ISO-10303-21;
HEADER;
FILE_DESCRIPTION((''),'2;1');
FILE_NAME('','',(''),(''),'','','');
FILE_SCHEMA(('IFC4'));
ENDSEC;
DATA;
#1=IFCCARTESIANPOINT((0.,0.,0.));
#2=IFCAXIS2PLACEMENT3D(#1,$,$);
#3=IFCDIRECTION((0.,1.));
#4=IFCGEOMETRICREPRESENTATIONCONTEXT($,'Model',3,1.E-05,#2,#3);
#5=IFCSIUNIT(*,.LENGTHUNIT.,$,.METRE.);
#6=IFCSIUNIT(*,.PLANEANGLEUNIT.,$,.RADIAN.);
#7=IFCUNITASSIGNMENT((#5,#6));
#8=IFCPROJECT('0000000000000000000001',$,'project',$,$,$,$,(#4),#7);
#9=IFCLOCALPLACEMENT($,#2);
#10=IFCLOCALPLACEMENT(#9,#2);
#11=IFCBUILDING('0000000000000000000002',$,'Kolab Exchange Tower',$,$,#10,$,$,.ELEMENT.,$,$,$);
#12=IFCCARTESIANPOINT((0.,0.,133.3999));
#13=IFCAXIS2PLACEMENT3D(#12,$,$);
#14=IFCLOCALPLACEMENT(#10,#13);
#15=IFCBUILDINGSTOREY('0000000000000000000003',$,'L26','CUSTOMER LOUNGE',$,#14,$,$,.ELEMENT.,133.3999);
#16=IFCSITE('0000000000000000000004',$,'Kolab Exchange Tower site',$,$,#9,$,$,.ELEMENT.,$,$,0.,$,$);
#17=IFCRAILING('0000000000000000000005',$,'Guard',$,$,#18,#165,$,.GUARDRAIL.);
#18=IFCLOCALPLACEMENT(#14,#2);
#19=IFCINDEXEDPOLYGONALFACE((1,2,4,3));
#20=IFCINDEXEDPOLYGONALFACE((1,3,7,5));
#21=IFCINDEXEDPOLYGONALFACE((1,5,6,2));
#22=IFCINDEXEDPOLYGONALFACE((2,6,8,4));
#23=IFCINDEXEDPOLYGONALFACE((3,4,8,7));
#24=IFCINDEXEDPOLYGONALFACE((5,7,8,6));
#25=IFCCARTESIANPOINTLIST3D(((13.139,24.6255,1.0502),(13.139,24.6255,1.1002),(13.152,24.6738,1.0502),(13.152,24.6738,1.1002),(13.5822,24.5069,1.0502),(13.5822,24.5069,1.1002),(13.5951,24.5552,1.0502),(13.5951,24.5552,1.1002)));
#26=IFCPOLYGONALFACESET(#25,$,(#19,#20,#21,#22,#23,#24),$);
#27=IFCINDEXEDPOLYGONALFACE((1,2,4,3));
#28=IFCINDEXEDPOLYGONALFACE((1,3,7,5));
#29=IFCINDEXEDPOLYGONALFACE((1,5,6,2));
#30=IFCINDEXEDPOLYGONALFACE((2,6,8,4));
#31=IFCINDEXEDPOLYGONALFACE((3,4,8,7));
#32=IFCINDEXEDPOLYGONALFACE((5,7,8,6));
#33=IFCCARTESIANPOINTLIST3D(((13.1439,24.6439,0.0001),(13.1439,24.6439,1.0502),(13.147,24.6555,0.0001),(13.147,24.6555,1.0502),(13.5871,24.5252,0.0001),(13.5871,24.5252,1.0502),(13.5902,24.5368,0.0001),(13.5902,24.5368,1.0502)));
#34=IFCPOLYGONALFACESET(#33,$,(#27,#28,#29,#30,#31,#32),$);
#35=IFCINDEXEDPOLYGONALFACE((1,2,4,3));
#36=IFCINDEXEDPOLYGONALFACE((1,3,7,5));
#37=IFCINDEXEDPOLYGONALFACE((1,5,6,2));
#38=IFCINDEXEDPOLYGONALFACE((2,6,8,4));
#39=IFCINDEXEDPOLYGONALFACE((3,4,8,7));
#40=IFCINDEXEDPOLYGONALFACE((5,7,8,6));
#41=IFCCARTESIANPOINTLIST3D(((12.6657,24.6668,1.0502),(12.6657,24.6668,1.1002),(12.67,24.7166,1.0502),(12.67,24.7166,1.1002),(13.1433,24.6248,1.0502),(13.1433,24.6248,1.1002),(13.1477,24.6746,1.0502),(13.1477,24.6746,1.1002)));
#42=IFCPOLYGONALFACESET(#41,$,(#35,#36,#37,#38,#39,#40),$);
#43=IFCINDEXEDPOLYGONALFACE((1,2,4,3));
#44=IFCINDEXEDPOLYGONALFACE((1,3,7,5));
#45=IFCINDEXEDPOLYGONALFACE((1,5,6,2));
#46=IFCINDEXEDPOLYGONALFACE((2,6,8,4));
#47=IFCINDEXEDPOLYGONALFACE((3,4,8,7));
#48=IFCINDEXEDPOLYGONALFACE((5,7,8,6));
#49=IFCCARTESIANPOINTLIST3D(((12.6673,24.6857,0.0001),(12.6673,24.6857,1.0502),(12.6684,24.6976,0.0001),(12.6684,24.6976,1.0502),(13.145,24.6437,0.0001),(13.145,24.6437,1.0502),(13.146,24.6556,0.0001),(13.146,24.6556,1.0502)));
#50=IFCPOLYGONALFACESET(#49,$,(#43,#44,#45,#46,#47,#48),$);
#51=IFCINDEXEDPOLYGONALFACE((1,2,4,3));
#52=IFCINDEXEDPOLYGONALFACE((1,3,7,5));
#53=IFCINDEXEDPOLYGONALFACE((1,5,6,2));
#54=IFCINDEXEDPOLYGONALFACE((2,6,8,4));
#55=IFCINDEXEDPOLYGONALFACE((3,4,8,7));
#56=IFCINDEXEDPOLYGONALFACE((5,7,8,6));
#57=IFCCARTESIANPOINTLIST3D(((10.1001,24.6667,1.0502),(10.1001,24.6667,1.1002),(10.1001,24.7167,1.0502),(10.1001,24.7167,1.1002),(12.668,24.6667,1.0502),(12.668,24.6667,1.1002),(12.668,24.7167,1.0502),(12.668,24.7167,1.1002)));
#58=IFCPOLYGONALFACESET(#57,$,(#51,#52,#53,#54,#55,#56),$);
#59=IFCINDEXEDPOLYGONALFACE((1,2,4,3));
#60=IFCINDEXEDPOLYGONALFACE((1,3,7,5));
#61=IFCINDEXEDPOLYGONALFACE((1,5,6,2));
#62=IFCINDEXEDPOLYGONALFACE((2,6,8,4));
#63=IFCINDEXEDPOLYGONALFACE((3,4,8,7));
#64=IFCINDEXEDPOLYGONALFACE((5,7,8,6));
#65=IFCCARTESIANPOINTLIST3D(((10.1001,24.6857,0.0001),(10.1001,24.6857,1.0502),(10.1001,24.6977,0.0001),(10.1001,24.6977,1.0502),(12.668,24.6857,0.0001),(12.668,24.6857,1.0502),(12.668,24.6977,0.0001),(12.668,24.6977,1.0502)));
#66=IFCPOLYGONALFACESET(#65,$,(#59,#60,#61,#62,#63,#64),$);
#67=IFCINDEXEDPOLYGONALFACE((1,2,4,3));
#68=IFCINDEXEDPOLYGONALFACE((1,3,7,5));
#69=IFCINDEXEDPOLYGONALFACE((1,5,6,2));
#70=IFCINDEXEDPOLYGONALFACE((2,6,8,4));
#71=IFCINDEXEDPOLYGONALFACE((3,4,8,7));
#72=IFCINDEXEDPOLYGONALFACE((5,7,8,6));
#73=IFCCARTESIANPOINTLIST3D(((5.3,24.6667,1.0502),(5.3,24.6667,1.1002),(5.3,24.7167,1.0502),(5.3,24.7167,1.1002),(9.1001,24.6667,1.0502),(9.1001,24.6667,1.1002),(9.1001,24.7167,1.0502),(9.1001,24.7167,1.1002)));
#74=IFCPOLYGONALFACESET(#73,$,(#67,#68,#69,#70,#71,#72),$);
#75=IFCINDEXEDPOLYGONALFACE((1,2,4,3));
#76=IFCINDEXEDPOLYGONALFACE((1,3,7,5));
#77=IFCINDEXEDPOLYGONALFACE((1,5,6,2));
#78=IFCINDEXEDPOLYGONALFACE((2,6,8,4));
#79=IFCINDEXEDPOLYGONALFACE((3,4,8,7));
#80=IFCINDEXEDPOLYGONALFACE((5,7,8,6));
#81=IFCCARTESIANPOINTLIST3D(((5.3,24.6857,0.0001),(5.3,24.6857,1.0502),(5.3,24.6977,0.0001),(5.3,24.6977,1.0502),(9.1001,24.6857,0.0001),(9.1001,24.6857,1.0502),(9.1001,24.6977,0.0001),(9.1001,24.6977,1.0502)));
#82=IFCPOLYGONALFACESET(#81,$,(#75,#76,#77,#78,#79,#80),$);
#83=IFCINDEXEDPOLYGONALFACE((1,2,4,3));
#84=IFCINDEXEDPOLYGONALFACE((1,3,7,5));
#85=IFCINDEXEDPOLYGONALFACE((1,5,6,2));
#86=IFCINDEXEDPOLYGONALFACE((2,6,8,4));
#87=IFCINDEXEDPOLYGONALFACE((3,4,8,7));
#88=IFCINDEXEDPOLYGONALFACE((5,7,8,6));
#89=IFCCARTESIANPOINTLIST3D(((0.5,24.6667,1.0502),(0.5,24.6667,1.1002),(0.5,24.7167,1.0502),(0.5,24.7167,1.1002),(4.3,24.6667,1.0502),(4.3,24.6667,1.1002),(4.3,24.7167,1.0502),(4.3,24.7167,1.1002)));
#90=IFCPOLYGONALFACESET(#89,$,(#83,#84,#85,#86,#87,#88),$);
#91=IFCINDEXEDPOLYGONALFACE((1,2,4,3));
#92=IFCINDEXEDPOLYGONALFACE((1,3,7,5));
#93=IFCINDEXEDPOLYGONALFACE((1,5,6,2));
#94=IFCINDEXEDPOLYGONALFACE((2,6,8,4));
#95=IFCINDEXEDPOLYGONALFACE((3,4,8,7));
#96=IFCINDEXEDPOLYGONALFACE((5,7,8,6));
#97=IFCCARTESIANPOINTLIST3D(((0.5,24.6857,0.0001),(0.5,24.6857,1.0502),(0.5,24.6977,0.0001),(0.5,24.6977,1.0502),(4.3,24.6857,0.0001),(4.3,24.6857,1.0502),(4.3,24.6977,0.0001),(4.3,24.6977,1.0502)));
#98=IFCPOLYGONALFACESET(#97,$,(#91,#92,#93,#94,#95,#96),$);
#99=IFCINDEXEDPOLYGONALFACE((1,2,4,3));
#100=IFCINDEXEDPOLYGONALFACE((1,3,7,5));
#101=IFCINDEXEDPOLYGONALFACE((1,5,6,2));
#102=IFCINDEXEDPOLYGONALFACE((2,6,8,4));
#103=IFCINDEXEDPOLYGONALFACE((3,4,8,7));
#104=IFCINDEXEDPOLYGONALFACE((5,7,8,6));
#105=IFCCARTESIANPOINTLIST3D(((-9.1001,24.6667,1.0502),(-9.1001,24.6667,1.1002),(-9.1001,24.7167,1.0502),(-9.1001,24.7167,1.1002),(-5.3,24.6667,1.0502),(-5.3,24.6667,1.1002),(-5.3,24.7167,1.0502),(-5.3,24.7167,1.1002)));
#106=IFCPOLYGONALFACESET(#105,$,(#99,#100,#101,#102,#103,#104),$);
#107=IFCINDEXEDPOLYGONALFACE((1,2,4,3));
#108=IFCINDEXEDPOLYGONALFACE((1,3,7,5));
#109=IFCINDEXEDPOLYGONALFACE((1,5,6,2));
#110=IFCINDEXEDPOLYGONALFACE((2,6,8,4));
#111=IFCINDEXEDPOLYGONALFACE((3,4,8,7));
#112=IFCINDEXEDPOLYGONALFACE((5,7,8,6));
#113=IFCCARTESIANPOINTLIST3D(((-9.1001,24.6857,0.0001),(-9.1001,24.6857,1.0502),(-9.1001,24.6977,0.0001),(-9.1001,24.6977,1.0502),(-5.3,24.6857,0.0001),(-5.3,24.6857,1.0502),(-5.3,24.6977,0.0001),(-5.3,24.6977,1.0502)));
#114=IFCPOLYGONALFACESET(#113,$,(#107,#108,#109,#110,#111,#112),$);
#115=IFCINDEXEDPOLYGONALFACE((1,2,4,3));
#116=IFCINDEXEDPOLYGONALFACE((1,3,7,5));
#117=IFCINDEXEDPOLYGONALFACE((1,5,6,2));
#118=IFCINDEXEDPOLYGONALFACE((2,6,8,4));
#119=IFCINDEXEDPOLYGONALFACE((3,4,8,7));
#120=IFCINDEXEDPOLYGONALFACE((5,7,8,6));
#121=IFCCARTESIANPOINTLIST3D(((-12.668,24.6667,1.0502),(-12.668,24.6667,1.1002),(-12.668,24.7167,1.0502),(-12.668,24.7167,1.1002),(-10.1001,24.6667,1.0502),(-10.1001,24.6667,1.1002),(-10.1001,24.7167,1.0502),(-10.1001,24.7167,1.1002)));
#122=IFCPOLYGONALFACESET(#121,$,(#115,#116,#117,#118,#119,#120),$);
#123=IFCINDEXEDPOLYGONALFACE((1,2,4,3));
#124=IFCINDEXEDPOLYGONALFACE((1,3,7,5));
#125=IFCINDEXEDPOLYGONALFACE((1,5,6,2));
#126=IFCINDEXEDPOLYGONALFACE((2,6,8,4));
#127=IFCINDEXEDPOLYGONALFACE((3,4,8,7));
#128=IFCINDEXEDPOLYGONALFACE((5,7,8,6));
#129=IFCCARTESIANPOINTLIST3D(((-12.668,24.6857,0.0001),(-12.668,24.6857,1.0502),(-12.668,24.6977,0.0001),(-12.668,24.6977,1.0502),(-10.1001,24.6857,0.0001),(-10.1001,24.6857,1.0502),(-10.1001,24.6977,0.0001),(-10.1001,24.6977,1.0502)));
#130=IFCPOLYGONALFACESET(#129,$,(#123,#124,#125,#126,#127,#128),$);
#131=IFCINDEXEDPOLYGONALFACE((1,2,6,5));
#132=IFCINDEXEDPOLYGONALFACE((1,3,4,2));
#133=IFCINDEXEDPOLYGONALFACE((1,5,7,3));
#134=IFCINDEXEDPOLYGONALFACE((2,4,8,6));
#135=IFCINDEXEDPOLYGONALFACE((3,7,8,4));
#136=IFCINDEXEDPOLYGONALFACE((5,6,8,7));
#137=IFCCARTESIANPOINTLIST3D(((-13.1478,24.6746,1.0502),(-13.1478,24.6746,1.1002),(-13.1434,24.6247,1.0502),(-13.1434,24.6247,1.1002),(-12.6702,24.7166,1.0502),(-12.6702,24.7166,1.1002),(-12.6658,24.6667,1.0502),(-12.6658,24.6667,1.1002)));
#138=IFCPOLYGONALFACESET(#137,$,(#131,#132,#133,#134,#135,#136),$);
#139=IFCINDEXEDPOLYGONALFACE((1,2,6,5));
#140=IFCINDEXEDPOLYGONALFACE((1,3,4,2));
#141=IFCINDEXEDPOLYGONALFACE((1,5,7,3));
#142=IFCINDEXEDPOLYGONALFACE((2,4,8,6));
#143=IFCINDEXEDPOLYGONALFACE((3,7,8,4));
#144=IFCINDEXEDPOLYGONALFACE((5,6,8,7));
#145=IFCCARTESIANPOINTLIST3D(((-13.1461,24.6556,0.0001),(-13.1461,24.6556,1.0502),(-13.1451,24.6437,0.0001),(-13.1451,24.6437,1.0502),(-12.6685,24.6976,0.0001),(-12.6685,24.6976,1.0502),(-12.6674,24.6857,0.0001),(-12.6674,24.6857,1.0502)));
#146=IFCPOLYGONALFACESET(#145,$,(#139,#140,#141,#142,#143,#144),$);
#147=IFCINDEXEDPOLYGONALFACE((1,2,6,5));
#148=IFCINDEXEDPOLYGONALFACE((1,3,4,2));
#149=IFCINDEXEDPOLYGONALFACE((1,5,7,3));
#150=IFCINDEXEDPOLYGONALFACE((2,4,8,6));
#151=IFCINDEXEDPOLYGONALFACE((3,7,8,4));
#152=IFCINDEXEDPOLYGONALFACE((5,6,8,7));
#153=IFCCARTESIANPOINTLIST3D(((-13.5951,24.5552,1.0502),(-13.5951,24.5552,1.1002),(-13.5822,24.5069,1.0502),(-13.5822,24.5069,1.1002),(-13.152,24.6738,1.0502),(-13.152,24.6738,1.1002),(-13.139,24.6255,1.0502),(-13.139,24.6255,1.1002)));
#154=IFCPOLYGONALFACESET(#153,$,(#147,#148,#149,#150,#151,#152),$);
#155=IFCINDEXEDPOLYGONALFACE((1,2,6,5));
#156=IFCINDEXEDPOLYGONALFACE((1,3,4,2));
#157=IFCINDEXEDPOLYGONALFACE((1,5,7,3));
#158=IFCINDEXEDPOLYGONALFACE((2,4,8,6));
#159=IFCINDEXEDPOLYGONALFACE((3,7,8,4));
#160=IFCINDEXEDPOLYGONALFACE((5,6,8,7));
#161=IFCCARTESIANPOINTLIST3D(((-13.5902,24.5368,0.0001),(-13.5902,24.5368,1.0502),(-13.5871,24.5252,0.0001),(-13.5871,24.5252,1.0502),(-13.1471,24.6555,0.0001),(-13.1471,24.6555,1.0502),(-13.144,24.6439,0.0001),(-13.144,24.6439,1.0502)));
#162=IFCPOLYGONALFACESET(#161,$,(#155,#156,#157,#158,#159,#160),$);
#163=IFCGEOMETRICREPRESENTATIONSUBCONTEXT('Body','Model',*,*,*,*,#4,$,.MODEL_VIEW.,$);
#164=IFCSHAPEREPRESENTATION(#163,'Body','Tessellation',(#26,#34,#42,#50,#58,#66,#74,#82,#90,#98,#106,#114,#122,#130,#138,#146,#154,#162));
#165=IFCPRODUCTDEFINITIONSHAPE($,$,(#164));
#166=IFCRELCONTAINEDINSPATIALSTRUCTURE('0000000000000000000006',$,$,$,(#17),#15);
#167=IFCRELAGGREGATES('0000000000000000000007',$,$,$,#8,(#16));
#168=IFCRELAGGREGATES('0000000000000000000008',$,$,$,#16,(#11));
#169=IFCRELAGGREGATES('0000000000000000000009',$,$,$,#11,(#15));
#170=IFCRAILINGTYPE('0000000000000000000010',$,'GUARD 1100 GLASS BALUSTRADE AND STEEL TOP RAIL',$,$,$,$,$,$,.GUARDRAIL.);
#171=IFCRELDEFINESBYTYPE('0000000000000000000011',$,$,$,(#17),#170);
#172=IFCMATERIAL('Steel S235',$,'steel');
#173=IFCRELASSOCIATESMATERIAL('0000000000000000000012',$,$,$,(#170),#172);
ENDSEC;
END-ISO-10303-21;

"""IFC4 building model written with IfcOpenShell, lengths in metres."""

from ifc_helpers import new_model, si_unit, direction, frame, frame_2d, origin, origin_2d, place, context, subcontext, project, spatial, rectangle, extrude, material, type_object, element, save


model = new_model("IFC4")

# Units and contexts
model_context = context("Model", 3, precision=1e-05, world=origin(), true_north=direction((0.0, 1.0)))
body_context = subcontext(model_context, "Body", "Model", "MODEL_VIEW")
ifc_project = project(units=[si_unit("LENGTHUNIT", "METRE"), si_unit("PLANEANGLEUNIT", "RADIAN")], contexts=[model_context])

# Site, building, storey
site_placement = place(None, origin())
site = spatial("IfcSite", under=ifc_project, at=site_placement, Name="Kolab Exchange Tower site", CompositionType="ELEMENT", RefElevation=0.0)
building_placement = place(site_placement, origin())
building = spatial("IfcBuilding", under=site, at=building_placement, Name="Kolab Exchange Tower", CompositionType="ELEMENT")
storey_placement = place(building_placement, frame((0.0, 0.0, 133.3999)))
storey = spatial("IfcBuildingStorey", under=building, at=storey_placement, Name="L26", Description="CUSTOMER LOUNGE", CompositionType="ELEMENT", Elevation=133.3999)

# Railing
ifc_material_1 = material(Name="Steel S235", Category="steel")
railing_type = type_object("IfcRailingType", Name="GUARD 1100 GLASS BALUSTRADE AND STEEL TOP RAIL", PredefinedType="GUARDRAIL", material=ifc_material_1)
railing_placement = place(storey_placement, frame((13.5886, 24.531, 0.0)))
element("IfcRailing", 1, at=railing_placement, inside=storey, type_object=railing_type, Name="Guard", PredefinedType="GUARDRAIL", context=body_context, shape_type="SweptSolid", body=[
    extrude(rectangle(XDim=0.05, YDim=0.05, at=origin_2d()), frame((0.0, 0.0, 1.0752), z_axis=(-0.965969, 0.258656, 0.0), x_axis=(-0.258656, -0.965969, 0.0)), (0.0, 0.0, 1.0), 0.4587),
    extrude(rectangle(XDim=0.012, YDim=1.0501, at=frame_2d((0.0, 0.5251))), frame((0.0, 0.0, 0.0), z_axis=(-0.965969, 0.258656, 0.0), x_axis=(-0.258656, -0.965969, 0.0)), (0.0, 0.0, 1.0), 0.4587),
    extrude(rectangle(XDim=0.05, YDim=0.05, at=origin_2d()), frame((-0.4431, 0.1187, 1.0752), z_axis=(-0.996156, 0.087597, 0.0), x_axis=(-0.087597, -0.996156, 0.0)), (0.0, 0.0, 1.0), 0.4795),
    extrude(rectangle(XDim=0.012, YDim=1.0501, at=frame_2d((0.0, 0.5251))), frame((-0.4431, 0.1187, 0.0), z_axis=(-0.996156, 0.087597, 0.0), x_axis=(-0.087597, -0.996156, 0.0)), (0.0, 0.0, 1.0), 0.4795),
    extrude(rectangle(XDim=0.05, YDim=0.05, at=origin_2d()), frame((-0.9207, 0.1606, 1.0752), z_axis=(-1.0, 0.0, 0.0), x_axis=(0.0, -1.0, 0.0)), (0.0, 0.0, 1.0), 2.5679),
    extrude(rectangle(XDim=0.012, YDim=1.0501, at=frame_2d((0.0, 0.5251))), frame((-0.9207, 0.1606, 0.0), z_axis=(-1.0, 0.0, 0.0), x_axis=(0.0, -1.0, 0.0)), (0.0, 0.0, 1.0), 2.5679),
    extrude(rectangle(XDim=0.05, YDim=0.05, at=origin_2d()), frame((-4.4885, 0.1606, 1.0752), z_axis=(-1.0, 0.0, 0.0), x_axis=(0.0, -1.0, 0.0)), (0.0, 0.0, 1.0), 3.8),
    extrude(rectangle(XDim=0.012, YDim=1.0501, at=frame_2d((0.0, 0.5251))), frame((-4.4885, 0.1606, 0.0), z_axis=(-1.0, 0.0, 0.0), x_axis=(0.0, -1.0, 0.0)), (0.0, 0.0, 1.0), 3.8),
    extrude(rectangle(XDim=0.05, YDim=0.05, at=origin_2d()), frame((-9.2886, 0.1606, 1.0752), z_axis=(-1.0, 0.0, 0.0), x_axis=(0.0, -1.0, 0.0)), (0.0, 0.0, 1.0), 3.8),
    extrude(rectangle(XDim=0.012, YDim=1.0501, at=frame_2d((0.0, 0.5251))), frame((-9.2886, 0.1606, 0.0), z_axis=(-1.0, 0.0, 0.0), x_axis=(0.0, -1.0, 0.0)), (0.0, 0.0, 1.0), 3.8),
    extrude(rectangle(XDim=0.05, YDim=0.05, at=origin_2d()), frame((-18.8887, 0.1606, 1.0752), z_axis=(-1.0, 0.0, 0.0), x_axis=(0.0, -1.0, 0.0)), (0.0, 0.0, 1.0), 3.8),
    extrude(rectangle(XDim=0.012, YDim=1.0501, at=frame_2d((0.0, 0.5251))), frame((-18.8887, 0.1606, 0.0), z_axis=(-1.0, 0.0, 0.0), x_axis=(0.0, -1.0, 0.0)), (0.0, 0.0, 1.0), 3.8),
    extrude(rectangle(XDim=0.05, YDim=0.05, at=origin_2d()), frame((-23.6887, 0.1606, 1.0752), z_axis=(-1.0, 0.0, 0.0), x_axis=(0.0, -1.0, 0.0)), (0.0, 0.0, 1.0), 2.5679),
    extrude(rectangle(XDim=0.012, YDim=1.0501, at=frame_2d((0.0, 0.5251))), frame((-23.6887, 0.1606, 0.0), z_axis=(-1.0, 0.0, 0.0), x_axis=(0.0, -1.0, 0.0)), (0.0, 0.0, 1.0), 2.5679),
    extrude(rectangle(XDim=0.05, YDim=0.05, at=origin_2d()), frame((-26.2566, 0.1606, 1.0752), z_axis=(-0.996156, -0.087597, 0.0), x_axis=(0.087597, -0.996156, 0.0)), (0.0, 0.0, 1.0), 0.4795),
    extrude(rectangle(XDim=0.012, YDim=1.0501, at=frame_2d((0.0, 0.5251))), frame((-26.2566, 0.1606, 0.0), z_axis=(-0.996156, -0.087597, 0.0), x_axis=(0.087597, -0.996156, 0.0)), (0.0, 0.0, 1.0), 0.4795),
    extrude(rectangle(XDim=0.05, YDim=0.05, at=origin_2d()), frame((-26.7341, 0.1187, 1.0752), z_axis=(-0.965969, -0.258656, 0.0), x_axis=(0.258656, -0.965969, 0.0)), (0.0, 0.0, 1.0), 0.4587),
    extrude(rectangle(XDim=0.012, YDim=1.0501, at=frame_2d((0.0, 0.5251))), frame((-26.7341, 0.1187, 0.0), z_axis=(-0.965969, -0.258656, 0.0), x_axis=(0.258656, -0.965969, 0.0)), (0.0, 0.0, 1.0), 0.4587),
])

save(model, "model.ifc")
